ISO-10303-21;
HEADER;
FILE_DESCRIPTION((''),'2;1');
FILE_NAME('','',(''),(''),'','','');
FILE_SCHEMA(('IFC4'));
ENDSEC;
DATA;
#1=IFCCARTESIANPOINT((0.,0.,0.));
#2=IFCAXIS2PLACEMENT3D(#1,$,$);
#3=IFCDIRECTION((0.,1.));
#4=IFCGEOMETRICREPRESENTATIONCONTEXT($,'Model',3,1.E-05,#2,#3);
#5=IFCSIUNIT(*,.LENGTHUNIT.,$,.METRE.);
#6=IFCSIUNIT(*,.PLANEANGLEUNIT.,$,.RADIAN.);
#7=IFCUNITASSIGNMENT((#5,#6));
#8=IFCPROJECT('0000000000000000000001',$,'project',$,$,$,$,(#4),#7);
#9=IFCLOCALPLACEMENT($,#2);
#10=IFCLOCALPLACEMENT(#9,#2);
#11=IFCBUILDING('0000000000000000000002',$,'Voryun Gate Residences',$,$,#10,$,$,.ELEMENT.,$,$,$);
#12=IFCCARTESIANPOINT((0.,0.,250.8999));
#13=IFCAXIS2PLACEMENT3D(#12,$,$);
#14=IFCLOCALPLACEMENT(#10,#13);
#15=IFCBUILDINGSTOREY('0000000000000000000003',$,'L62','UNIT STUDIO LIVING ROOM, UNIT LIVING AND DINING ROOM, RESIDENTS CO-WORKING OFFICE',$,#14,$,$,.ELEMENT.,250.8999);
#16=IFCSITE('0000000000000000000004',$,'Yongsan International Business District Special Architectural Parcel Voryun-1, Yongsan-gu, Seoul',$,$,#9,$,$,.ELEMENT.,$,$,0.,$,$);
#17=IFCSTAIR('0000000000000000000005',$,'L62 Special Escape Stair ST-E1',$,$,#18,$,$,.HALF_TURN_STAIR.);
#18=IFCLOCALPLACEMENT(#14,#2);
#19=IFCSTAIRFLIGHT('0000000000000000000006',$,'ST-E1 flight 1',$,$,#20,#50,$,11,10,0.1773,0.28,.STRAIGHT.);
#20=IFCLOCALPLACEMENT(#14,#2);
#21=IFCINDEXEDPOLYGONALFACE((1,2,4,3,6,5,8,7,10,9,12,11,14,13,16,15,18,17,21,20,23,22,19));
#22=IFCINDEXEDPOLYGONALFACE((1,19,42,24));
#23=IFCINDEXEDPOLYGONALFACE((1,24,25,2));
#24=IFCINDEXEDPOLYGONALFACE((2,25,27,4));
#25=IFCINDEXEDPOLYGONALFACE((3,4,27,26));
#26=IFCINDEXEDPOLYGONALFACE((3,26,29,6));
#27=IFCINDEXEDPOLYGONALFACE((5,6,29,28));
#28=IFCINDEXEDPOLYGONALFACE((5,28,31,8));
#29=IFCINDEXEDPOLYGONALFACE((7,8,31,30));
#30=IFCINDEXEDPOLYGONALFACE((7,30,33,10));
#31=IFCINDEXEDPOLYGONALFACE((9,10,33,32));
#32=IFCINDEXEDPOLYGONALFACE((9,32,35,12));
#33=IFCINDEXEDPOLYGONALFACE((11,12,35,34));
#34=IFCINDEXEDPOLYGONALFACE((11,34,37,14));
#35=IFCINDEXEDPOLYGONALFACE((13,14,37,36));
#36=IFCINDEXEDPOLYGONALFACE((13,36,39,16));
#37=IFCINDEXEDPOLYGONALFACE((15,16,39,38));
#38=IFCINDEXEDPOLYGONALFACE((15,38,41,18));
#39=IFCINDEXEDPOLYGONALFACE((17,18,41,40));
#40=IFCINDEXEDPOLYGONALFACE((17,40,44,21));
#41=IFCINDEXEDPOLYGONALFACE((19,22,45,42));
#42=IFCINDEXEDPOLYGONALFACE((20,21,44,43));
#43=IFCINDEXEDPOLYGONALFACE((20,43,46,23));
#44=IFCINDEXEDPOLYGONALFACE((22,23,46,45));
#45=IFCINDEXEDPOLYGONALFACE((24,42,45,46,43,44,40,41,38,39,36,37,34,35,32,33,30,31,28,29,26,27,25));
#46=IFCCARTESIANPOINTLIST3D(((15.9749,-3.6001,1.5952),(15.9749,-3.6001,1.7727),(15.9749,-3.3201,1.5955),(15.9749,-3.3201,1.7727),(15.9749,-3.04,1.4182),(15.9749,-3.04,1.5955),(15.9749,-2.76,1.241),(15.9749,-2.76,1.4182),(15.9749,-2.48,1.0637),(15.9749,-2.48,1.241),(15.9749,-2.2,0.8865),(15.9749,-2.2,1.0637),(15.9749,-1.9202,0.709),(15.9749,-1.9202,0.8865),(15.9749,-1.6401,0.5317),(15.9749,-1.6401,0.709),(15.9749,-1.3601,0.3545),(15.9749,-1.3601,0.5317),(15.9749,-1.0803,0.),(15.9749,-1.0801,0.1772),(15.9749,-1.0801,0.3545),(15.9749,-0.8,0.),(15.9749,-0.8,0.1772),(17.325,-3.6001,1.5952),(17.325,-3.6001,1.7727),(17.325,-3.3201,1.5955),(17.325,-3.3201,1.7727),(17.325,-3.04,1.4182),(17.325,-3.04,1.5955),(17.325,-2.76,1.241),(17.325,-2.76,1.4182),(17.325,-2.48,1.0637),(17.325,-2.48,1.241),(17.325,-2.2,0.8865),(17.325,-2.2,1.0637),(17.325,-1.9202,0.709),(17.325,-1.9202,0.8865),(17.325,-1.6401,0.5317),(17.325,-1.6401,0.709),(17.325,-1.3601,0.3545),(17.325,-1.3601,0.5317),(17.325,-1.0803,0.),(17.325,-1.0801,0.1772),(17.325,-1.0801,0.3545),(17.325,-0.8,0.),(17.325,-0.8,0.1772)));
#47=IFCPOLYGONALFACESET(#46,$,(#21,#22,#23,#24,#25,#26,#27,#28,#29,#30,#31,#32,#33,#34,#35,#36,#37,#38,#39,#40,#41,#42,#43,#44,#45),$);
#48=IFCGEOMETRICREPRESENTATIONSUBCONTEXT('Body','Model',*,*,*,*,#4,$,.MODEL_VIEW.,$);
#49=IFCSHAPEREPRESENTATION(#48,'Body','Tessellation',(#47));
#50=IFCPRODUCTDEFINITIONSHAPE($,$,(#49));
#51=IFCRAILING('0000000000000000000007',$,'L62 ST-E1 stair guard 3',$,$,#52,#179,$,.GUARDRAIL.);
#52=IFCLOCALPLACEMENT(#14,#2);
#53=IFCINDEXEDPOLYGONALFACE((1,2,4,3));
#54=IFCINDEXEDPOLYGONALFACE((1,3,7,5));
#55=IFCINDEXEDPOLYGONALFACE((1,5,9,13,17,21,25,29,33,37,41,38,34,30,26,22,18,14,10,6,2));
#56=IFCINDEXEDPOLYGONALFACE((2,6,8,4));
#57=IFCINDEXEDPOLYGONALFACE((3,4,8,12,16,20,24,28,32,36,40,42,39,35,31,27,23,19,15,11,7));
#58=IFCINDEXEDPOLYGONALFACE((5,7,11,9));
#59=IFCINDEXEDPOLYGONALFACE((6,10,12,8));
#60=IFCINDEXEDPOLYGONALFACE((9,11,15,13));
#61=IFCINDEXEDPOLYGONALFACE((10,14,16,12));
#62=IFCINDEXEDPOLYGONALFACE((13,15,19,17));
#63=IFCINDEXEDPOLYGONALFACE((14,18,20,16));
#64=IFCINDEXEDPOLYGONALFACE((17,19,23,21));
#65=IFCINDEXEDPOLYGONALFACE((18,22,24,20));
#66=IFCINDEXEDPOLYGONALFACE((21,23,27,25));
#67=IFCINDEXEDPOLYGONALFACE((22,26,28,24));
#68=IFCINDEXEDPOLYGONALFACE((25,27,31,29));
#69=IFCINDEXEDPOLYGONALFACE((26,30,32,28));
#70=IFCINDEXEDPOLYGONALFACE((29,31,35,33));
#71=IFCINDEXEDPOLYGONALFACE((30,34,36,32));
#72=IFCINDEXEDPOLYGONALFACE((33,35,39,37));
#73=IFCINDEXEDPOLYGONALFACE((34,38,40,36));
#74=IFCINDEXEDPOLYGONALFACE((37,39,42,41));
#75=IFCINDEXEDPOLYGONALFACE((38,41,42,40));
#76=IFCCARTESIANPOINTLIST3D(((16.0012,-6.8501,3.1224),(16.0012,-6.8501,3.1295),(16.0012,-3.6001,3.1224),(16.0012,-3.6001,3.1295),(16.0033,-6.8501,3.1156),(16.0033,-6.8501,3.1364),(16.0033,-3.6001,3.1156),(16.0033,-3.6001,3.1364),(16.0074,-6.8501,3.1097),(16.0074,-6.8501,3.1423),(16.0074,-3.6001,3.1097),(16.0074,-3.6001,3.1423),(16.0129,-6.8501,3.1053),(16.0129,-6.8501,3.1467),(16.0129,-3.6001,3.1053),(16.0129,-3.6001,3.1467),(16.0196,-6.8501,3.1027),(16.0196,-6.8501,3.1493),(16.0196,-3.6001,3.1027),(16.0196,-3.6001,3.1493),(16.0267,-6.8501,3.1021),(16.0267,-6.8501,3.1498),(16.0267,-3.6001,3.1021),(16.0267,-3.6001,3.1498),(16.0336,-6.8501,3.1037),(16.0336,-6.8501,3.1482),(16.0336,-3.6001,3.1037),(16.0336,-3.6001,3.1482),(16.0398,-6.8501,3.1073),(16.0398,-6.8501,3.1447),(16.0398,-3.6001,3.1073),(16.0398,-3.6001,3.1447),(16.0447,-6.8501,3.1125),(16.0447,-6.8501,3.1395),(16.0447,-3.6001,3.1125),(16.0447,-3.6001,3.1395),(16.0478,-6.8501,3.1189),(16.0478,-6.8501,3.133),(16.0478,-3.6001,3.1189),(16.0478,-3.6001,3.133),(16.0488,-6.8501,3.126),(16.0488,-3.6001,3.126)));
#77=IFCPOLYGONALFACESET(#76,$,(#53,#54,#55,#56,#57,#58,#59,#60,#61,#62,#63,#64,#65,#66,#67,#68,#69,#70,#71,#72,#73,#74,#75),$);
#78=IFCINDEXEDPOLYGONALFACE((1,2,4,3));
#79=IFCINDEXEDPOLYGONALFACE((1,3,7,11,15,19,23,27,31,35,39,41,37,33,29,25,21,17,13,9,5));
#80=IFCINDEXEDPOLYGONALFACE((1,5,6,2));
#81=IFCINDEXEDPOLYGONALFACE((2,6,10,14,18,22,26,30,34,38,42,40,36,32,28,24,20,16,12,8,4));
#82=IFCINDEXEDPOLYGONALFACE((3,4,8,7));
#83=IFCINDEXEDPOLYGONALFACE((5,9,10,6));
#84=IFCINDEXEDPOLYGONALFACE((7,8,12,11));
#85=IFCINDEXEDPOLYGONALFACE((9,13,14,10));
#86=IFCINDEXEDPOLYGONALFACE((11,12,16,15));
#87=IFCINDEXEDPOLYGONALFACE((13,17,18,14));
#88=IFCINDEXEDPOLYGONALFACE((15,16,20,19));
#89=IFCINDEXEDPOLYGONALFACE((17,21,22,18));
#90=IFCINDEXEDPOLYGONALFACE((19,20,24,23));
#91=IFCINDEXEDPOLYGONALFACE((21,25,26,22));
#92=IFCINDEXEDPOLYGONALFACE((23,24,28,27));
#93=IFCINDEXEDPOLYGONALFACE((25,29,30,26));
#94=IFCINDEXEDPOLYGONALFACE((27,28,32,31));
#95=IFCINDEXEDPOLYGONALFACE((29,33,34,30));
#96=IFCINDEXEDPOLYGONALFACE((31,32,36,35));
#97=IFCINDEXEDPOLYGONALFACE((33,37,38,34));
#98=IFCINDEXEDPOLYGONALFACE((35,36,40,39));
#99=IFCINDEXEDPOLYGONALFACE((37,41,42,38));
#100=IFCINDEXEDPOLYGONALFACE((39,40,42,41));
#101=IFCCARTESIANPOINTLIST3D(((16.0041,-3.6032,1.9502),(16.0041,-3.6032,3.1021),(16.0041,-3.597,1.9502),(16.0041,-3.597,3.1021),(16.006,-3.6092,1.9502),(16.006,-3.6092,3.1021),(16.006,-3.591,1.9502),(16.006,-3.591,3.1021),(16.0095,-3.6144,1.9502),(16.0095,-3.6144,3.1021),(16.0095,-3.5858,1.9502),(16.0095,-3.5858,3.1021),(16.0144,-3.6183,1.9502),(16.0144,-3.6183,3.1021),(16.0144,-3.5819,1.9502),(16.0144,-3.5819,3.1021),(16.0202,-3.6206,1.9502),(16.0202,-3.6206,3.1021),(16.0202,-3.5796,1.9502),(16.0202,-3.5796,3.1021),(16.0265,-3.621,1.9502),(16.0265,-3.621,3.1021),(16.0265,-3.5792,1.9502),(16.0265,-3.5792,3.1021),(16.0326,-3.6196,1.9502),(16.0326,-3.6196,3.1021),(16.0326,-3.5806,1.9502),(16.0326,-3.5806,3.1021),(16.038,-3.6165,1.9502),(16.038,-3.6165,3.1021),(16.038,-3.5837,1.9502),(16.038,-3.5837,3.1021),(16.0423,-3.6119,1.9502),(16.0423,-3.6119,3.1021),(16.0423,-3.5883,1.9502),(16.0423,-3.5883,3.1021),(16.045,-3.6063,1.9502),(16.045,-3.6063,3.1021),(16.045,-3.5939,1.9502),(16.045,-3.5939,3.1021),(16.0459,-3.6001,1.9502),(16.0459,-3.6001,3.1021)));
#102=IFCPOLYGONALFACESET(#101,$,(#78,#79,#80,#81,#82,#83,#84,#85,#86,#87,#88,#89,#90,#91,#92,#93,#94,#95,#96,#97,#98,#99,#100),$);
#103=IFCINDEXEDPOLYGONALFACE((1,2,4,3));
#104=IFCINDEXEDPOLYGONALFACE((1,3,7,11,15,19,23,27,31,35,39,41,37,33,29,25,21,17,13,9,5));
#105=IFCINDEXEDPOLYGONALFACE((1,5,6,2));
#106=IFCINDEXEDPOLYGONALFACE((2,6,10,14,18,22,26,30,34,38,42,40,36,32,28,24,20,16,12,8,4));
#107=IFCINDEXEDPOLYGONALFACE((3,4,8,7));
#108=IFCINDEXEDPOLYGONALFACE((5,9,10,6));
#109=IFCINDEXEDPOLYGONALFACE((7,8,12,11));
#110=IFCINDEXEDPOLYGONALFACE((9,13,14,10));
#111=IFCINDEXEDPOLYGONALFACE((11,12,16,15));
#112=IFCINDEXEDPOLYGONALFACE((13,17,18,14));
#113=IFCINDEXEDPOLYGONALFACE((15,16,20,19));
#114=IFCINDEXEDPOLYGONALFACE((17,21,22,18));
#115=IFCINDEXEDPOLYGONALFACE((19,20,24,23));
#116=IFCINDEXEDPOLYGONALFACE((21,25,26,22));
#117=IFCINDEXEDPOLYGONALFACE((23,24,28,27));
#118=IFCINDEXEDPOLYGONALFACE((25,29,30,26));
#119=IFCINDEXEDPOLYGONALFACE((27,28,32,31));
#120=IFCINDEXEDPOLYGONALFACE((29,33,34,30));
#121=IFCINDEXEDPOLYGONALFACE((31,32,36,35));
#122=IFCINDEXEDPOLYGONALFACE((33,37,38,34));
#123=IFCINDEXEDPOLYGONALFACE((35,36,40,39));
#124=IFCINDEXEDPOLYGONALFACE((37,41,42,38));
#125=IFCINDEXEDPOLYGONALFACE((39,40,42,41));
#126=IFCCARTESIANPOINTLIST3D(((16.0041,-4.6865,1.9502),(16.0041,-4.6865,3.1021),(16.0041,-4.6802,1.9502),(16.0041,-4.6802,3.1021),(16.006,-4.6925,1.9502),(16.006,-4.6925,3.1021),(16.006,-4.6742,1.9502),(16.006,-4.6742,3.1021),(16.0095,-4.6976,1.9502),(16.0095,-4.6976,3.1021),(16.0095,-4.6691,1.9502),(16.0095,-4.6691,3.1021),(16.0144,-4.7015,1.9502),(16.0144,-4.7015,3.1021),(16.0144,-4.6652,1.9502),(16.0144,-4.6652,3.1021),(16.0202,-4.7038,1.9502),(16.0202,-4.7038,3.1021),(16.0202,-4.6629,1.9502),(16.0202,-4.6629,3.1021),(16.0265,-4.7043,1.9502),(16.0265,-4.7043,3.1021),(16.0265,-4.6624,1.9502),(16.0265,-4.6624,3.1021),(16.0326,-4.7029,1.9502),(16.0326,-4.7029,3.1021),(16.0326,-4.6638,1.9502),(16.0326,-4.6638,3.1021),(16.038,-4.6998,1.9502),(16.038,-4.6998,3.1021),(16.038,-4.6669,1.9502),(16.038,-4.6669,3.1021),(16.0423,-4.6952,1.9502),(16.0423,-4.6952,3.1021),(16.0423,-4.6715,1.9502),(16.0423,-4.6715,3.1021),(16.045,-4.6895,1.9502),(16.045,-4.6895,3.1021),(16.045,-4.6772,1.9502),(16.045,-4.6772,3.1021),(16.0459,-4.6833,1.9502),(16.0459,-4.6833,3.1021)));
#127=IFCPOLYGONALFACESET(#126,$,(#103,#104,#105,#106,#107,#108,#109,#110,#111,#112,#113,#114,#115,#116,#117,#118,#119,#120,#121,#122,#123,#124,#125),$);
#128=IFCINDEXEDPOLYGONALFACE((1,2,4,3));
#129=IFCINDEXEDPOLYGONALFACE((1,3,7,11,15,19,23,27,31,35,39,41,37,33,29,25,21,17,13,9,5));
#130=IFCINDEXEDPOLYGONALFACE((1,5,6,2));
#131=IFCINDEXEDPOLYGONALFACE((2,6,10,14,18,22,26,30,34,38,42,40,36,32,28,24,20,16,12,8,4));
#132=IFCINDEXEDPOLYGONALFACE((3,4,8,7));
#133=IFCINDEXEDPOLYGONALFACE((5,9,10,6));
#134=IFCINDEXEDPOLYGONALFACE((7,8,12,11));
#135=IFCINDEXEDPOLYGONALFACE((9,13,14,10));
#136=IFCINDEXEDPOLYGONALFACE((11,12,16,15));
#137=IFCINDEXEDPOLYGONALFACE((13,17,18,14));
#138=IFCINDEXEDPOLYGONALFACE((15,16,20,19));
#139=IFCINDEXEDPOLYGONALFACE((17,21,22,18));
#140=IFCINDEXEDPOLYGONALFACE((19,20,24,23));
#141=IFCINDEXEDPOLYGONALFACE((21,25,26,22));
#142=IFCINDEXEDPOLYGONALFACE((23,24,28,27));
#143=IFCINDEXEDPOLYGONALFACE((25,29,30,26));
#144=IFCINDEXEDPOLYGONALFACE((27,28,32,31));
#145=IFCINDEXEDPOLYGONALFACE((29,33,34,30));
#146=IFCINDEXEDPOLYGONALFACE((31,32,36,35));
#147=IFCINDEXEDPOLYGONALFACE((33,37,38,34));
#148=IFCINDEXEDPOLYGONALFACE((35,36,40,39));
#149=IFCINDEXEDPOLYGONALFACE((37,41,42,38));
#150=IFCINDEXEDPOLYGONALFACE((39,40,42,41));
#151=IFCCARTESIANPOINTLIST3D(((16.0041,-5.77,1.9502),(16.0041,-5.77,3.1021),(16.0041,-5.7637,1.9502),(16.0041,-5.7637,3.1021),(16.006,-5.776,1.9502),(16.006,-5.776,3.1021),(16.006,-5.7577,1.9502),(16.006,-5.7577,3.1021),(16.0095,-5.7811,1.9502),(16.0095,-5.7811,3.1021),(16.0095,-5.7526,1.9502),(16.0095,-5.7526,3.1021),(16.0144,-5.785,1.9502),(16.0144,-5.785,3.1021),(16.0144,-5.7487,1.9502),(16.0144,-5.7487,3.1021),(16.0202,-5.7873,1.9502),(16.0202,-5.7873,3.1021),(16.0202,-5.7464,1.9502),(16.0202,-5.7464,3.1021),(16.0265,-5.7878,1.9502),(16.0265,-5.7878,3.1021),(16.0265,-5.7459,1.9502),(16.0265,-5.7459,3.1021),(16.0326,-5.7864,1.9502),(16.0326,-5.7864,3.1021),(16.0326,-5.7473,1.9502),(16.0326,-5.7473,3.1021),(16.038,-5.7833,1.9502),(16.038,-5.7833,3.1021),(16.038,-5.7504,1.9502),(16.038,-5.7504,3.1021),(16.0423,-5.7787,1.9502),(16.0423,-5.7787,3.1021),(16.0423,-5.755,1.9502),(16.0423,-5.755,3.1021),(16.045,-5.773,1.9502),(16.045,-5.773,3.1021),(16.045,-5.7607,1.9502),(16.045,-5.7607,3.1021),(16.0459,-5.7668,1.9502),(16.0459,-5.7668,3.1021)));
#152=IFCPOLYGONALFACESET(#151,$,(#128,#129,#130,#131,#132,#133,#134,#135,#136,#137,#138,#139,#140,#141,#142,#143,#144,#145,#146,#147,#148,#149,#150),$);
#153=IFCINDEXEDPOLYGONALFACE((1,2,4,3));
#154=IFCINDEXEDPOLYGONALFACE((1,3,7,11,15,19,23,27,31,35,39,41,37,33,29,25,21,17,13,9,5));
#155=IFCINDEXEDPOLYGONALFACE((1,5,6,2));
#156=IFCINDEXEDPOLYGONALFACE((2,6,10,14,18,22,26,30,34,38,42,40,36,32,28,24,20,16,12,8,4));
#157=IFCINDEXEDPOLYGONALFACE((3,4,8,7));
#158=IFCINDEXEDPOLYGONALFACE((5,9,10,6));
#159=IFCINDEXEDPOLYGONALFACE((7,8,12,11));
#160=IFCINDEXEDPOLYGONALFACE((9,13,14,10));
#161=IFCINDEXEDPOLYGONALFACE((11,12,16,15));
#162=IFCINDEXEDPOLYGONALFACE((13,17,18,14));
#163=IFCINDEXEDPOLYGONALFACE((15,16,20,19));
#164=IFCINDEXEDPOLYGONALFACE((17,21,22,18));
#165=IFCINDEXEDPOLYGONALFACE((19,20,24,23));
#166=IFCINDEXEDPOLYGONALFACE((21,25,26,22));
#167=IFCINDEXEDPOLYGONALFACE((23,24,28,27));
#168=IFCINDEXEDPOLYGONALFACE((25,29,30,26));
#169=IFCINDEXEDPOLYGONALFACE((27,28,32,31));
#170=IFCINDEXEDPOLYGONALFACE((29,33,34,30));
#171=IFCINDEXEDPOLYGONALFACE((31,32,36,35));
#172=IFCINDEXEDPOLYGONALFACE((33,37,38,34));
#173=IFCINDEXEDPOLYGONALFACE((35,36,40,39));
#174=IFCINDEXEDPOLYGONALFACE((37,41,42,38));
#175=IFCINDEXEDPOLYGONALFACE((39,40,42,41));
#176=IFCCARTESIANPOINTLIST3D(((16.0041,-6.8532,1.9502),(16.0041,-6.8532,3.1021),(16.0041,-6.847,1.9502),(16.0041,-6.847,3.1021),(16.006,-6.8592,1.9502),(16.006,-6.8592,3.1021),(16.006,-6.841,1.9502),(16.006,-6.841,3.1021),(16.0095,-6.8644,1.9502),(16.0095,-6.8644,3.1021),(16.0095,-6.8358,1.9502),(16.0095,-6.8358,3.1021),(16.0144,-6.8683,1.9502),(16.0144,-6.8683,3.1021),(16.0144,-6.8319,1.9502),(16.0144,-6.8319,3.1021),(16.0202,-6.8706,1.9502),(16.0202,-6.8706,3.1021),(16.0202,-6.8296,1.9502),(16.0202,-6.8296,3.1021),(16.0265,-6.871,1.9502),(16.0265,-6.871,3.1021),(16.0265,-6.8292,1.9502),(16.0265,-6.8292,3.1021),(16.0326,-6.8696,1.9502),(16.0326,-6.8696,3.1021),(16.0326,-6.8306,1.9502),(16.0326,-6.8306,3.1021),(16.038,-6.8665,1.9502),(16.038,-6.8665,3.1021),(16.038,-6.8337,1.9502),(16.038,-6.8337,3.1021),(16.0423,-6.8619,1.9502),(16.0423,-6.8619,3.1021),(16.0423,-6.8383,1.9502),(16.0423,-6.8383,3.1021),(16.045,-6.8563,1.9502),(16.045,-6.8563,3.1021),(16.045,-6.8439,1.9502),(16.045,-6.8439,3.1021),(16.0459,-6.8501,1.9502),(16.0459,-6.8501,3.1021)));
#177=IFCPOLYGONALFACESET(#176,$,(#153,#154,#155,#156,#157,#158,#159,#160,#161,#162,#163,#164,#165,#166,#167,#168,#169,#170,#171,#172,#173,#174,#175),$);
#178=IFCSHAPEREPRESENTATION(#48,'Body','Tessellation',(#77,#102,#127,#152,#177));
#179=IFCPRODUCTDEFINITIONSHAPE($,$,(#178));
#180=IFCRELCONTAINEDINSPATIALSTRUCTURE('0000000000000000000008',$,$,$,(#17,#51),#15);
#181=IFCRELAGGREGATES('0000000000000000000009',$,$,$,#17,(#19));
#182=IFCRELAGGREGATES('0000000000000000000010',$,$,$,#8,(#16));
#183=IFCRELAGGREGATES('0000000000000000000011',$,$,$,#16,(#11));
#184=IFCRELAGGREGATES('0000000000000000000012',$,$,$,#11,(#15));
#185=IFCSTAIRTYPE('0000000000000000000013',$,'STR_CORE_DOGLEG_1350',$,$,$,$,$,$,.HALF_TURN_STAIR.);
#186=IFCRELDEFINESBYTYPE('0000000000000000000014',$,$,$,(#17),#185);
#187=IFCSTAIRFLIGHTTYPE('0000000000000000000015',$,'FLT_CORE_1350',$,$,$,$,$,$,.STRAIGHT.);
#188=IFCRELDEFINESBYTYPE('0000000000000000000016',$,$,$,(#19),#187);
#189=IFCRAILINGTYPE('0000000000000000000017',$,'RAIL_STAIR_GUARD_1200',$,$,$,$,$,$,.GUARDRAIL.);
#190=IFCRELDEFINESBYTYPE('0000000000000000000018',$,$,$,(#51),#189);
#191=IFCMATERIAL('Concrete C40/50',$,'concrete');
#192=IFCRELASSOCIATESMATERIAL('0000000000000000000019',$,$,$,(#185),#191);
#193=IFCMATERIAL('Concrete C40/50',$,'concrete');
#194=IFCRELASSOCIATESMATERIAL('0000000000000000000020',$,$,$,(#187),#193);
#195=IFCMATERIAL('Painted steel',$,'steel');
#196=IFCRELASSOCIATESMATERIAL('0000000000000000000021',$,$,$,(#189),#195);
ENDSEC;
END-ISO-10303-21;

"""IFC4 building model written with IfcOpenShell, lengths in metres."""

from ifc_helpers import new_model, si_unit, direction, frame, origin, origin_2d, place, context, subcontext, project, spatial, polyline, circle, outline, extrude, material, type_object, element, aggregate, save


model = new_model("IFC4")

# Units and contexts
model_context = context("Model", 3, precision=1e-05, world=origin(), true_north=direction((0.0, 1.0)))
body_context = subcontext(model_context, "Body", "Model", "MODEL_VIEW")
ifc_project = project(units=[si_unit("LENGTHUNIT", "METRE"), si_unit("PLANEANGLEUNIT", "RADIAN")], contexts=[model_context])

# Site, building, storey
site_placement = place(None, origin())
site = spatial("IfcSite", under=ifc_project, at=site_placement, Name="Yongsan International Business District Special Architectural Parcel Voryun-1, Yongsan-gu, Seoul", CompositionType="ELEMENT", RefElevation=0.0)
building_placement = place(site_placement, origin())
building = spatial("IfcBuilding", under=site, at=building_placement, Name="Voryun Gate Residences", CompositionType="ELEMENT")
storey_placement = place(building_placement, frame((0.0, 0.0, 250.8999)))
storey = spatial("IfcBuildingStorey", under=building, at=storey_placement, Name="L62", Description="UNIT STUDIO LIVING ROOM, UNIT LIVING AND DINING ROOM, RESIDENTS CO-WORKING OFFICE", CompositionType="ELEMENT", Elevation=250.8999)

# Stair, stair flight
ifc_material_1 = material(Name="Concrete C40/50", Category="concrete")
stair_type = type_object("IfcStairType", Name="STR_CORE_DOGLEG_1350", PredefinedType="HALF_TURN_STAIR", material=ifc_material_1)
stair_placement = place(storey_placement, origin())
stair = element("IfcStair", 1, at=stair_placement, inside=storey, type_object=stair_type, Name="L62 Special Escape Stair ST-E1", PredefinedType="HALF_TURN_STAIR")
ifc_material_2 = material(Name="Concrete C40/50", Category="concrete")
stair_flight_type = type_object("IfcStairFlightType", Name="FLT_CORE_1350", PredefinedType="STRAIGHT", material=ifc_material_2)
stair_flight_placement = place(storey_placement, frame((16.6499, -0.8, 0.0), z_axis=(0.0, 0.0, 1.0), x_axis=(0.0, -1.0, 0.0)))
stair_flight = element("IfcStairFlight", 2, at=stair_flight_placement, type_object=stair_flight_type, Name="ST-E1 flight 1", NumberOfRisers=11, NumberOfTreads=10, PredefinedType="STRAIGHT", RiserHeight=0.1773, TreadLength=0.28, context=body_context, shape_type="SweptSolid", body=[
    extrude(outline(polyline([(0.0, 0.0), (0.0, 0.1772), (0.28, 0.1772), (0.28, 0.3545), (0.5601, 0.3545), (0.5601, 0.5317), (0.8401, 0.5317), (0.8401, 0.709), (1.1201, 0.709), (1.1201, 0.8865), (1.3999, 0.8865), (1.3999, 1.0637), (1.6799, 1.0637), (1.6799, 1.241), (1.96, 1.241), (1.96, 1.4182), (2.24, 1.4182), (2.24, 1.5955), (2.52, 1.5955), (2.52, 1.7727), (2.8, 1.7727), (2.8, 1.95), (2.8, 1.5952), (0.2803, 0.0), (0.0, 0.0)])), frame((0.0, 0.675, 0.0), z_axis=(0.0, -1.0, 0.0), x_axis=(1.0, 0.0, 0.0)), (0.0, 0.0, 1.0), 1.3501),
])
aggregate(stair, [stair_flight])

# Railing
ifc_material_3 = material(Name="Painted steel", Category="steel")
railing_type_1 = type_object("IfcRailingType", Name="RAIL_STAIR_GUARD_1200", PredefinedType="GUARDRAIL", material=ifc_material_3)
railing_1_placement = place(storey_placement, frame((16.0249, -3.6001, 1.9502)))
element("IfcRailing", 3, at=railing_1_placement, inside=storey, type_object=railing_type_1, Name="L62 ST-E1 stair guard 3", PredefinedType="GUARDRAIL", context=body_context, shape_type="SweptSolid", body=[
    extrude(circle(Radius=0.0239, at=origin_2d()), frame((0.0, 0.0, 1.1758), z_axis=(0.0, -1.0, 0.0), x_axis=(1.0, 0.0, 0.0)), (0.0, 0.0, 1.0), 3.25),
    extrude(circle(Radius=0.021, at=origin_2d()), origin(), (0.0, 0.0, 1.0), 1.1519),
    extrude(circle(Radius=0.021, at=origin_2d()), frame((0.0, -1.0833, 0.0)), (0.0, 0.0, 1.0), 1.1519),
    extrude(circle(Radius=0.021, at=origin_2d()), frame((0.0, -2.1667, 0.0)), (0.0, 0.0, 1.0), 1.1519),
    extrude(circle(Radius=0.021, at=origin_2d()), frame((0.0, -3.25, 0.0)), (0.0, 0.0, 1.0), 1.1519),
])

save(model, "model.ifc")
